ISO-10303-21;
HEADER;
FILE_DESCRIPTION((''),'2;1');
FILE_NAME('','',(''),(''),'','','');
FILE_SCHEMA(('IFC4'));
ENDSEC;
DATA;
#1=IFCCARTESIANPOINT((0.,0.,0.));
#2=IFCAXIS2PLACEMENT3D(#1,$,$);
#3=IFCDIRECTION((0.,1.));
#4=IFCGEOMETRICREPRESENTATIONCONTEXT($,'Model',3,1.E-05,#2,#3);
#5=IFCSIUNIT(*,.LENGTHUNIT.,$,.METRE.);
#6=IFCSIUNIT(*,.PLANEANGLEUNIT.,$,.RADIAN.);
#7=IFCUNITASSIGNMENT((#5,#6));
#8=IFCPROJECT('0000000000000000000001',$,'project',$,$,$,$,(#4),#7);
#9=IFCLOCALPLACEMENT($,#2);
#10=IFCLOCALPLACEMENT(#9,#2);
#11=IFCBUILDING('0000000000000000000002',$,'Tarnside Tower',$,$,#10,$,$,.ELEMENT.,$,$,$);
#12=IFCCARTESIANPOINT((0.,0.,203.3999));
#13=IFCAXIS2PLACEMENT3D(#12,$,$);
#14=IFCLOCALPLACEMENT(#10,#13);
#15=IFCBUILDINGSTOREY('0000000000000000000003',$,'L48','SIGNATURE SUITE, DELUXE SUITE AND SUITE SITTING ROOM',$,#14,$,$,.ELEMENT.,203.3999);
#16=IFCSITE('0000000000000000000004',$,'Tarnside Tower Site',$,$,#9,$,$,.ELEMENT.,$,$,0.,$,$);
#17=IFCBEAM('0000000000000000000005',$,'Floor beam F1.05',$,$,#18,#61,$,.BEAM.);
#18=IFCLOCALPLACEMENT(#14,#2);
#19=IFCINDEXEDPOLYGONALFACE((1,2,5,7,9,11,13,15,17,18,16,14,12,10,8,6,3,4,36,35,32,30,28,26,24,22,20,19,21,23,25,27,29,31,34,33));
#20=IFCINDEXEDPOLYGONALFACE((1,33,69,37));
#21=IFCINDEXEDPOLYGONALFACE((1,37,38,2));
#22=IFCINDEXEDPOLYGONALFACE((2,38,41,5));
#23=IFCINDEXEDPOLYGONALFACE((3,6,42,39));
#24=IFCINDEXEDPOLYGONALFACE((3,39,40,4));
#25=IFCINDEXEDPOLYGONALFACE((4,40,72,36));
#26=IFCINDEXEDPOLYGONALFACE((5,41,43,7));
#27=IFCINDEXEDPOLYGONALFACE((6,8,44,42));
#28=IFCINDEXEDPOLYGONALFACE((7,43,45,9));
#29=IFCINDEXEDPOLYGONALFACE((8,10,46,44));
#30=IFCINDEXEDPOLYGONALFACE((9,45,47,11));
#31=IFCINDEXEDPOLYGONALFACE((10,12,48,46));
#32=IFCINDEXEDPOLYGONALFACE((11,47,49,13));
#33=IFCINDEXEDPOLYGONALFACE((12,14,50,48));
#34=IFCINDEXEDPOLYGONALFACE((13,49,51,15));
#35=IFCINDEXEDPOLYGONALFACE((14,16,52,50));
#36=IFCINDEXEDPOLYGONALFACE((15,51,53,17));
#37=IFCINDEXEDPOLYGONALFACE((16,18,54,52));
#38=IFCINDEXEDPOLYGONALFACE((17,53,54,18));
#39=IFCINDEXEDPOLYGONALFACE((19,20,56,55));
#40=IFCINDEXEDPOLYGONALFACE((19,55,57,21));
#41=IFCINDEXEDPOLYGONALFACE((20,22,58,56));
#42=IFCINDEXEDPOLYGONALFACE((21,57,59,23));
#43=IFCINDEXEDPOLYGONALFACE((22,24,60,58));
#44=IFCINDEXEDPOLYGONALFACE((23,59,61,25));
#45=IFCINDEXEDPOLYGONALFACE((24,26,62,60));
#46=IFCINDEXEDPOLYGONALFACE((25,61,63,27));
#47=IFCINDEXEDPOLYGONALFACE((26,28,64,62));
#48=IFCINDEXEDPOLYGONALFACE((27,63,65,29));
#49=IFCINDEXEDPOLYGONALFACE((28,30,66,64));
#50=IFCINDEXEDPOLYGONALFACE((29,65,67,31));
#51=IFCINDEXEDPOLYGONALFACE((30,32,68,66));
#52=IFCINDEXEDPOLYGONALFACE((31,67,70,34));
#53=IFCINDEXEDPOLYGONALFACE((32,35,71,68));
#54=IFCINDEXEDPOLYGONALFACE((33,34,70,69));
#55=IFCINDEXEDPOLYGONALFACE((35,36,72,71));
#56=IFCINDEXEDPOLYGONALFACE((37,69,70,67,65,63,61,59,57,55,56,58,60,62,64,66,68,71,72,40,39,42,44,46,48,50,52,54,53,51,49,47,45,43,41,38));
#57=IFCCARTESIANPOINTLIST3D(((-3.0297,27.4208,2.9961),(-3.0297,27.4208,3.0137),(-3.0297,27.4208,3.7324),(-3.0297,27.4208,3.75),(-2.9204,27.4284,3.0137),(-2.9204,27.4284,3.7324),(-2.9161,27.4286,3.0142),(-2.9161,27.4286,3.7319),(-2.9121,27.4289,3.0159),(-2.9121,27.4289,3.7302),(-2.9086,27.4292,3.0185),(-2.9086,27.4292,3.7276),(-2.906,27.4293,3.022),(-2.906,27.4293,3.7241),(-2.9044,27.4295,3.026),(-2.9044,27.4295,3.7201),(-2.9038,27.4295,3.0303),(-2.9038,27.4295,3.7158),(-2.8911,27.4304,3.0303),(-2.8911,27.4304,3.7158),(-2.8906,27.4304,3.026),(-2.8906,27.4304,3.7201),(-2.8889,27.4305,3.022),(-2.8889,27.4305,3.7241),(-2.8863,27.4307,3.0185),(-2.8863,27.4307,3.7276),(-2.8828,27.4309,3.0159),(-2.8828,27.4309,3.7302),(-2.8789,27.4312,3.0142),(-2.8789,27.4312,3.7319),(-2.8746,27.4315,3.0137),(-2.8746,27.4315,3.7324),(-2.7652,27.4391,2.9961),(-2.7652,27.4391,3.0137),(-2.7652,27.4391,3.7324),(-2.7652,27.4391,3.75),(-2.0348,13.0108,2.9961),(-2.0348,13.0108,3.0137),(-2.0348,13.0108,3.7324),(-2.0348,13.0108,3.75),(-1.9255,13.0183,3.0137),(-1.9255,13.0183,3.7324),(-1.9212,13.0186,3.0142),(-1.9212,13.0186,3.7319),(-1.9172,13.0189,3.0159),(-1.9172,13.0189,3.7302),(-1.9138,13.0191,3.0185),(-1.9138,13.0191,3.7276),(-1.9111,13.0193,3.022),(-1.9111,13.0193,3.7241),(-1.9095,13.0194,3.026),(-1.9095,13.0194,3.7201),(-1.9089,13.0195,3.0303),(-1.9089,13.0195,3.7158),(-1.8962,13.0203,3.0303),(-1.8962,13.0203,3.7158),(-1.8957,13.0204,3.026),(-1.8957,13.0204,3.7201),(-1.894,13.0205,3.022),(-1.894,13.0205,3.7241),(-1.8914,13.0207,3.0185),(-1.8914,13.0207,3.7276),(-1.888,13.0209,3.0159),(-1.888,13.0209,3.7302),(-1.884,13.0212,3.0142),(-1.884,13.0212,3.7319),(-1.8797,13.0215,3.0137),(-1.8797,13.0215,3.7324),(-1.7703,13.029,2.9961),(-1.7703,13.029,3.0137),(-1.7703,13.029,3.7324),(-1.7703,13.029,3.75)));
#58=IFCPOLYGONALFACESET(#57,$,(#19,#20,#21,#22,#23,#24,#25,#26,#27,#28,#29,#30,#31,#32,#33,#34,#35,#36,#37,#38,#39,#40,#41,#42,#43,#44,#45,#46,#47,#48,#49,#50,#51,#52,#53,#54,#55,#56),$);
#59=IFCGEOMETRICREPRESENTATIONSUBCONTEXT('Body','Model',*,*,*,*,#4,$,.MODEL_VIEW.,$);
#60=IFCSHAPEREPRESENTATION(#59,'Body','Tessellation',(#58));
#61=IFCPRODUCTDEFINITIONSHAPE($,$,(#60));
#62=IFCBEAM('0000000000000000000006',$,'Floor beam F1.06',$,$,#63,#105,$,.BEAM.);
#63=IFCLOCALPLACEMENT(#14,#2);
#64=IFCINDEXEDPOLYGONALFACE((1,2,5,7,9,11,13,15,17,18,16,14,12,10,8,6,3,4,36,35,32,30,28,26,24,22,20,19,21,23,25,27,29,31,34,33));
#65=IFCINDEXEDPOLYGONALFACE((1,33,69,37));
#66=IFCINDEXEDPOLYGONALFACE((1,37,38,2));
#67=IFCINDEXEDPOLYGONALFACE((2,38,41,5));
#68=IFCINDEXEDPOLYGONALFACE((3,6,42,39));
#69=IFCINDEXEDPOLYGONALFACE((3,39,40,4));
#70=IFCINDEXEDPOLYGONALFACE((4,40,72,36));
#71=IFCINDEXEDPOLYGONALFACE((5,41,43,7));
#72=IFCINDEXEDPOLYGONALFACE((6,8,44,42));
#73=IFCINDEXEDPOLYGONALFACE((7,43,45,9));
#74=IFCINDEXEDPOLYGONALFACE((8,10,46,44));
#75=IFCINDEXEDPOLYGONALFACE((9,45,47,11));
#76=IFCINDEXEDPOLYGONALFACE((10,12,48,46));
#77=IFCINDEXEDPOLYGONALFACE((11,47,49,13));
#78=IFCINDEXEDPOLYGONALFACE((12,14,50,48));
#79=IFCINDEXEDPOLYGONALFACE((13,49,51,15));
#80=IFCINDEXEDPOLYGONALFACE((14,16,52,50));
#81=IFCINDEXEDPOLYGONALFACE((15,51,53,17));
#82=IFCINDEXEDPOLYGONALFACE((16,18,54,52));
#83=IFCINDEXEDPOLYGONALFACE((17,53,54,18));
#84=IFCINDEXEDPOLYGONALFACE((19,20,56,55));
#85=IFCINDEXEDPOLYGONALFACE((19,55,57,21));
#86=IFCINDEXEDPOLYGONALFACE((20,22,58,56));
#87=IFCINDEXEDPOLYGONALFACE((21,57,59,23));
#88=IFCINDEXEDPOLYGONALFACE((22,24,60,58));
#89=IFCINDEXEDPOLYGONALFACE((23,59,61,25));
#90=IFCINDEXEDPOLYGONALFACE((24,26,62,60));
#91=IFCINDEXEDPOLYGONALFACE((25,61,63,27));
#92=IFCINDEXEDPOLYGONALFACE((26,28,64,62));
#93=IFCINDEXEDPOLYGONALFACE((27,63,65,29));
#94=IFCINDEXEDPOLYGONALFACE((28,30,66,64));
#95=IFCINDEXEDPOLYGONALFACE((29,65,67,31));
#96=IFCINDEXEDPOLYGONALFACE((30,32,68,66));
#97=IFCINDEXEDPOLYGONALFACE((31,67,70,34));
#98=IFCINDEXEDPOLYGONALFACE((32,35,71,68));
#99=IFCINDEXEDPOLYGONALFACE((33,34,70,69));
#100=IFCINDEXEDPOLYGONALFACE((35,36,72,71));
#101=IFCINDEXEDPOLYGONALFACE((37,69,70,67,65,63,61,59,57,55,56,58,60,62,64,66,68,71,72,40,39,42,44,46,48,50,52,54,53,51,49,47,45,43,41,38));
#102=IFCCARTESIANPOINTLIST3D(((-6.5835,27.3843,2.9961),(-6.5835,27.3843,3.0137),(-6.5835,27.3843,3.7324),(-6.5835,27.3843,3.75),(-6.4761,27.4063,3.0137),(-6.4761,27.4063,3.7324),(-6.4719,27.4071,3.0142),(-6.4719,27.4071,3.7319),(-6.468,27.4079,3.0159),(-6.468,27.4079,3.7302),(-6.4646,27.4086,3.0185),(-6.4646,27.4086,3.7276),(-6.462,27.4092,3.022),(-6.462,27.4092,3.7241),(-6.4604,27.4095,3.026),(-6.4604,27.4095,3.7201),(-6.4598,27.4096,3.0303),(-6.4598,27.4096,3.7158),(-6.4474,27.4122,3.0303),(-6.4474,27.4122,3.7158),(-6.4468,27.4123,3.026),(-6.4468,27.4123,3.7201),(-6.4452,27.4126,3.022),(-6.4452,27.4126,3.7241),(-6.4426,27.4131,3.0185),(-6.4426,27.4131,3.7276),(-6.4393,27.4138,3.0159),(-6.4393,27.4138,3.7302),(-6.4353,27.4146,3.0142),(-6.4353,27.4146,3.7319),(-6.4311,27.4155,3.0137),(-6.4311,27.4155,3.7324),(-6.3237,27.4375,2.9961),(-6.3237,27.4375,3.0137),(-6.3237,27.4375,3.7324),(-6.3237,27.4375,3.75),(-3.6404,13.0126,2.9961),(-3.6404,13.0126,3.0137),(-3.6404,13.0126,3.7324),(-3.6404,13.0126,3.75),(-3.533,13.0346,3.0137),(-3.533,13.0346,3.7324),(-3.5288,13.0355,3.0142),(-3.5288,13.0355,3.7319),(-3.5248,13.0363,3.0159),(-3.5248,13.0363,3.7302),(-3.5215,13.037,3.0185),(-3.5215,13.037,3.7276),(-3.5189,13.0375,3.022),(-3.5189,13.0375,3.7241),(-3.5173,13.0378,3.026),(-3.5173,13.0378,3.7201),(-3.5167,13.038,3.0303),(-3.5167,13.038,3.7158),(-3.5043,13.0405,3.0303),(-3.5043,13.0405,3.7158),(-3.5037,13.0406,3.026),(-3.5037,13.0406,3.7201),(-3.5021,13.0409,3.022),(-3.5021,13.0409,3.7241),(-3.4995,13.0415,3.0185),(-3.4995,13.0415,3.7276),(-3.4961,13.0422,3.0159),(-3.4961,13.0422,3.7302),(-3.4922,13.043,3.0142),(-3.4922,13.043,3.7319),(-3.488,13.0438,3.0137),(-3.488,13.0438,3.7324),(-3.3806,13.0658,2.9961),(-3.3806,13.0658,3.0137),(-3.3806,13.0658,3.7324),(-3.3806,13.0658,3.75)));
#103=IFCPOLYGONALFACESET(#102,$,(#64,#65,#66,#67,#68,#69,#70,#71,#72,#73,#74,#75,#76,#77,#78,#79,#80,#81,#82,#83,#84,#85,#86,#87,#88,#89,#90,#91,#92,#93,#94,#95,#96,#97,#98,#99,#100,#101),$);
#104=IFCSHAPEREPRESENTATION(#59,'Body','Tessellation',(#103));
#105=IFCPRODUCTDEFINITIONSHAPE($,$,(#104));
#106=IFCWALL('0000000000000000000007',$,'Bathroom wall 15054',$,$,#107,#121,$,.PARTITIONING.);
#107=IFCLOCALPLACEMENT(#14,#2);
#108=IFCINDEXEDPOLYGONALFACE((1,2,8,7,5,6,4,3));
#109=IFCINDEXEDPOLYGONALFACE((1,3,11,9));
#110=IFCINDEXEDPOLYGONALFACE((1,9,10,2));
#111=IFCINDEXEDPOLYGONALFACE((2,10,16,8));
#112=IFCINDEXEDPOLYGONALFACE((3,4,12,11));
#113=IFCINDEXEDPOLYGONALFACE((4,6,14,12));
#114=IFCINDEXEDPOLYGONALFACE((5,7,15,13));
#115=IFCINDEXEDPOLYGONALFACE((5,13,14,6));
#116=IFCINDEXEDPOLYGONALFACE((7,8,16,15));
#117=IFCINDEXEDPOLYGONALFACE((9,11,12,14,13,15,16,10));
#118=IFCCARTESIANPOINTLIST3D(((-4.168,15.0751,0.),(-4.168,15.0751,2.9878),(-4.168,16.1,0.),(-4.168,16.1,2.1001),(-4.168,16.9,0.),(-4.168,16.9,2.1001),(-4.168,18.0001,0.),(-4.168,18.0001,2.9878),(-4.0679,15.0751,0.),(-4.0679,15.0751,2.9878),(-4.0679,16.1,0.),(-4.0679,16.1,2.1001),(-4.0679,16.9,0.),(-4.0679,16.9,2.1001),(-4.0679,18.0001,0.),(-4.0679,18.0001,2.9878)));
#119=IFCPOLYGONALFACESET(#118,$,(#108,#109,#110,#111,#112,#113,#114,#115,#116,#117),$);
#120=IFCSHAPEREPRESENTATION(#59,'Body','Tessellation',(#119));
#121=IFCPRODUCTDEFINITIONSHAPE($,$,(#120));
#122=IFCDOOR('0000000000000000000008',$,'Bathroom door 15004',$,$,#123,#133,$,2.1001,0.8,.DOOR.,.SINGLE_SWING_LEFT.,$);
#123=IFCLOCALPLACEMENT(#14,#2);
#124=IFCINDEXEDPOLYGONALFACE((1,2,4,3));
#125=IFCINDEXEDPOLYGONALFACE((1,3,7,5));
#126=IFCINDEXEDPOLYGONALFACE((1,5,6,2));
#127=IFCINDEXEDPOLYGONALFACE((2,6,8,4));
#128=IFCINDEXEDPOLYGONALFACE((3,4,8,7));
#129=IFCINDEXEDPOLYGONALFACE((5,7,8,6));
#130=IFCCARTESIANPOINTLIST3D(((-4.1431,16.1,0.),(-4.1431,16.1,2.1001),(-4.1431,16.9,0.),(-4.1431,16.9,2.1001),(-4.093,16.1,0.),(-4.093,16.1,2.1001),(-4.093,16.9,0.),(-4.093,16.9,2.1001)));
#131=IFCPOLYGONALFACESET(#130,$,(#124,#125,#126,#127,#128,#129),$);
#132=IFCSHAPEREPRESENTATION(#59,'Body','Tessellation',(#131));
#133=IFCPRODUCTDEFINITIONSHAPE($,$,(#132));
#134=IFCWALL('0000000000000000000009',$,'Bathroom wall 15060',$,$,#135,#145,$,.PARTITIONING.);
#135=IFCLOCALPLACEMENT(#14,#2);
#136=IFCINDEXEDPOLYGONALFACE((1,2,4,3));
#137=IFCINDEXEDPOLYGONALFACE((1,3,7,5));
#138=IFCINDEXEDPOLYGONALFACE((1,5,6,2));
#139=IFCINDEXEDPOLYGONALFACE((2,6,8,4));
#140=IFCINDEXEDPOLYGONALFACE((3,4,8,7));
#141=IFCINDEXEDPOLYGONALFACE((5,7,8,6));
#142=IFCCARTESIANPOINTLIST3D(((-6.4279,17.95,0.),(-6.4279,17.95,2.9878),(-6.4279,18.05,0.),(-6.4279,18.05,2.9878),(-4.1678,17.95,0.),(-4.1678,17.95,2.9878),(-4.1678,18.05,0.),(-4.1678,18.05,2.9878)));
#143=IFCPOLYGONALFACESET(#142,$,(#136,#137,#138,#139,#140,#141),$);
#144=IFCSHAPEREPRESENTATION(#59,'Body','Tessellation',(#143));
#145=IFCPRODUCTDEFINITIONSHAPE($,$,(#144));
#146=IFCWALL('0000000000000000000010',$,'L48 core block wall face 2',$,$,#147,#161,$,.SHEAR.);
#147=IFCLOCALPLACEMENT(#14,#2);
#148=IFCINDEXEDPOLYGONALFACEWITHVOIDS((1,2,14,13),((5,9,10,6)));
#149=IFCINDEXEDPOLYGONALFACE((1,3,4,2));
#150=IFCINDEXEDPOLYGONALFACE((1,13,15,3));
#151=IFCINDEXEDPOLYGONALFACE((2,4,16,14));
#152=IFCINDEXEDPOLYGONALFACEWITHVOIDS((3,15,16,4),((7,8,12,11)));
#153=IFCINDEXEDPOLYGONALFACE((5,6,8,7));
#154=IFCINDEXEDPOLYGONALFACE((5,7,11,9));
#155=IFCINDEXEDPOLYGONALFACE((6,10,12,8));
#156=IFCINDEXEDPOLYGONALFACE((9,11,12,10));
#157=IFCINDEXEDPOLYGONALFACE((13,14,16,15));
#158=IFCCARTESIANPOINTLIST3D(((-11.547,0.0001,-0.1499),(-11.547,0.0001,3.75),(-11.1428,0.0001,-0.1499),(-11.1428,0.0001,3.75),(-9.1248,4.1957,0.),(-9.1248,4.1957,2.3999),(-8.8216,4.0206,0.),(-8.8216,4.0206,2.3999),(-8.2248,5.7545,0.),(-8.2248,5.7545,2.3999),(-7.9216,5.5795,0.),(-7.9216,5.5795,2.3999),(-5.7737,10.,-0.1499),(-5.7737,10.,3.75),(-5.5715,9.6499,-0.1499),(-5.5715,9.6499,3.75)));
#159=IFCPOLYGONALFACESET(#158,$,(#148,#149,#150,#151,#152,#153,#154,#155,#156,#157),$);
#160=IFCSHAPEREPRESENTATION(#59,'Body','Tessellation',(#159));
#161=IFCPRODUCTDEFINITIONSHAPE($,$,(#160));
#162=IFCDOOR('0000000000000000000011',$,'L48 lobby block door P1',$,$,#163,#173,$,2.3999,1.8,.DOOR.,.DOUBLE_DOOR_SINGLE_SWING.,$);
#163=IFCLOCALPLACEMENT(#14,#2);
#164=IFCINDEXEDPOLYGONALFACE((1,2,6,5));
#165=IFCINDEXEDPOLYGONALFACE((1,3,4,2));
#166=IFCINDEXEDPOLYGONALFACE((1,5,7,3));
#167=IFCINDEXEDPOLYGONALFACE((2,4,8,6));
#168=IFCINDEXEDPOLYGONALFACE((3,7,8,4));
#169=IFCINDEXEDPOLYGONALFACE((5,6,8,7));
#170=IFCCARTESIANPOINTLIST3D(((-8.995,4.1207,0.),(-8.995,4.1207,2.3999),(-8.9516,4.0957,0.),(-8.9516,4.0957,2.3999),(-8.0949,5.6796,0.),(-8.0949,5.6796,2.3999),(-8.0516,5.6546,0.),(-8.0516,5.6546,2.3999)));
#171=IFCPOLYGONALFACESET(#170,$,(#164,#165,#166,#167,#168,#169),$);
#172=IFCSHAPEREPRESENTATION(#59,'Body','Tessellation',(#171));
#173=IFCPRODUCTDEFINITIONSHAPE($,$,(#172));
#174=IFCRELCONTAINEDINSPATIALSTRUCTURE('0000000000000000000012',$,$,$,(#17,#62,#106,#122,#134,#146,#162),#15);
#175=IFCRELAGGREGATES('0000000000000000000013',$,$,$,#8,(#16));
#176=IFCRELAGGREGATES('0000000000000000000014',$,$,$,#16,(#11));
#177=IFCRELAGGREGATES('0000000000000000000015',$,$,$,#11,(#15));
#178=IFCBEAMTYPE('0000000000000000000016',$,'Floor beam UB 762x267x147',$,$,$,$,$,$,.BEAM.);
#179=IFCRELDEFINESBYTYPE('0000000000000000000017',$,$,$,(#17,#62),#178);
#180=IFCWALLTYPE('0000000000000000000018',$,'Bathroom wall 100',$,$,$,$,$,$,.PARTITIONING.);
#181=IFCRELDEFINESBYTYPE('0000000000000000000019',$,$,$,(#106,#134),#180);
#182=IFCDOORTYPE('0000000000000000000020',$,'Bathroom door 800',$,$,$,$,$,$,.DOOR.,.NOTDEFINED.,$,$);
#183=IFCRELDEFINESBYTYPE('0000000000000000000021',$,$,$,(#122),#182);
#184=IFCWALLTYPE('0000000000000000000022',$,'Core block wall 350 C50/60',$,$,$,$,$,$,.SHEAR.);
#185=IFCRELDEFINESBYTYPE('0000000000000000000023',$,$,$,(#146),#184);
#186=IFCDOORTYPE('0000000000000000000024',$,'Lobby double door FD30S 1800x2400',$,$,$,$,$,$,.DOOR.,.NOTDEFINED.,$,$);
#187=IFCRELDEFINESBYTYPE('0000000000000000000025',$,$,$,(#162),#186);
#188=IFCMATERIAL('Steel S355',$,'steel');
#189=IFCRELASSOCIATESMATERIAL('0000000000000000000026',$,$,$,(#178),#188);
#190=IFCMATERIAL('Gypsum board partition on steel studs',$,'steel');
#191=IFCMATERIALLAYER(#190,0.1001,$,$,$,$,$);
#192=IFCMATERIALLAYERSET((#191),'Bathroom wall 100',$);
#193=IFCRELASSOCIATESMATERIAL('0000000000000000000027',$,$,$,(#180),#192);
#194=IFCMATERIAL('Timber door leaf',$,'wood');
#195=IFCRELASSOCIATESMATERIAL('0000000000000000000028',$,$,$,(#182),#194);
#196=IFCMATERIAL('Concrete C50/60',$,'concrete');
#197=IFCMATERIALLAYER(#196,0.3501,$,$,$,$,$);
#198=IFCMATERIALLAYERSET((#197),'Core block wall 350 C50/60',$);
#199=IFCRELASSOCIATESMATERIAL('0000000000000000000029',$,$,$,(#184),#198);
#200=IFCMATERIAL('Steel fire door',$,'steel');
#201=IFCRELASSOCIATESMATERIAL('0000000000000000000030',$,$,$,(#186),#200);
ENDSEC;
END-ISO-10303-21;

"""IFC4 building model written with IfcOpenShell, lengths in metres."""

from ifc_helpers import new_model, si_unit, direction, frame, frame_2d, origin, origin_2d, place, context, subcontext, project, spatial, polyline, rectangle, i_section, outline, extrude, material, layer, layer_set, material_profile, profile_set, type_object, element, fill, save


model = new_model("IFC4")

# Units and contexts
model_context = context("Model", 3, precision=1e-05, world=origin(), true_north=direction((0.0, 1.0)))
body_context = subcontext(model_context, "Body", "Model", "MODEL_VIEW")
ifc_project = project(units=[si_unit("LENGTHUNIT", "METRE"), si_unit("PLANEANGLEUNIT", "RADIAN")], contexts=[model_context])

# Site, building, storey
site_placement = place(None, origin())
site = spatial("IfcSite", under=ifc_project, at=site_placement, Name="Tarnside Tower Site", CompositionType="ELEMENT", RefElevation=0.0)
building_placement = place(site_placement, origin())
building = spatial("IfcBuilding", under=site, at=building_placement, Name="Tarnside Tower", CompositionType="ELEMENT")
storey_placement = place(building_placement, frame((0.0, 0.0, 203.3999)))
storey = spatial("IfcBuildingStorey", under=building, at=storey_placement, Name="L48", Description="SIGNATURE SUITE, DELUXE SUITE AND SUITE SITTING ROOM", CompositionType="ELEMENT", Elevation=203.3999)

# Beams
ifc_material_1 = material(Name="Steel S355", Category="steel")
ifc_material_profile = material_profile(ifc_material_1, i_section(OverallWidth=0.2651, OverallDepth=0.7539, WebThickness=0.0127, FlangeThickness=0.0176, FilletRadius=0.0166, at=origin_2d()), Name="UB 762x267x147")
ifc_profile_set = profile_set([ifc_material_profile], Name="Steel S355")
beam_type = type_object("IfcBeamType", Name="Floor beam UB 762x267x147", PredefinedType="BEAM", material=ifc_profile_set)
beam_1_placement = place(storey_placement, frame((-2.8975, 27.4299, 3.373), z_axis=(0.068877, -0.997625, 0.0), x_axis=(0.997625, 0.068877, 0.0)))
element("IfcBeam", 1, at=beam_1_placement, inside=storey, type_object=beam_type, Name="Floor beam F1.05", PredefinedType="BEAM", context=body_context, shape_type="SweptSolid", body=[
    extrude(i_section(OverallWidth=0.2651, OverallDepth=0.7539, WebThickness=0.0127, FlangeThickness=0.0176, FilletRadius=0.0166, at=origin_2d()), origin(), (0.0, 0.0, 1.0), 14.4443),
])
beam_2_placement = place(storey_placement, frame((-6.4536, 27.4109, 3.373), z_axis=(0.200623, -0.979668, 0.0), x_axis=(0.979668, 0.200623, 0.0)))
element("IfcBeam", 2, at=beam_2_placement, inside=storey, type_object=beam_type, Name="Floor beam F1.06", PredefinedType="BEAM", context=body_context, shape_type="SweptSolid", body=[
    extrude(i_section(OverallWidth=0.2651, OverallDepth=0.7539, WebThickness=0.0127, FlangeThickness=0.0176, FilletRadius=0.0166, at=origin_2d()), origin(), (0.0, 0.0, 1.0), 14.6699),
])

# Wall, opening, door
ifc_material_2 = material(Name="Gypsum board partition on steel studs", Category="steel")
ifc_layer_1 = layer(ifc_material_2, 0.1001)
ifc_layer_set_1 = layer_set([ifc_layer_1], Name="Bathroom wall 100")
wall_type_1 = type_object("IfcWallType", Name="Bathroom wall 100", PredefinedType="PARTITIONING", material=ifc_layer_set_1)
wall_1_placement = place(storey_placement, frame((-4.1179, 18.0, 0.0), z_axis=(0.0, 0.0, 1.0), x_axis=(0.0, -1.0, 0.0)))
wall_1 = element("IfcWall", 3, at=wall_1_placement, inside=storey, type_object=wall_type_1, Name="Bathroom wall 15054", PredefinedType="PARTITIONING", context=body_context, shape_type="SweptSolid", body=[
    extrude(rectangle(XDim=2.925, YDim=0.1001, at=frame_2d((1.4624, 0.0))), origin(), (0.0, 0.0, 1.0), 2.9878),
])
opening_1_placement = place(wall_1_placement, frame((1.1001, 0.0, 0.0)))
opening_1 = element("IfcOpeningElement", 4, at=opening_1_placement, cuts=wall_1, PredefinedType="OPENING", context=body_context, shape_type="SweptSolid", body=[
    extrude(rectangle(XDim=0.8, YDim=2.1001, at=frame_2d((0.3999, 1.05))), frame((0.0, 0.0601, 0.0), z_axis=(0.0, -1.0, 0.0), x_axis=(1.0, 0.0, 0.0)), (0.0, 0.0, 1.0), 0.1201),
])
ifc_material_3 = material(Name="Timber door leaf", Category="wood")
door_type_1 = type_object("IfcDoorType", Name="Bathroom door 800", OperationType="NOTDEFINED", PredefinedType="DOOR", material=ifc_material_3)
door_1_placement = place(opening_1_placement, origin())
door_1 = element("IfcDoor", 5, at=door_1_placement, inside=storey, type_object=door_type_1, Name="Bathroom door 15004", OperationType="SINGLE_SWING_LEFT", OverallHeight=2.1001, OverallWidth=0.8, PredefinedType="DOOR", context=body_context, shape_type="SweptSolid", body=[
    extrude(rectangle(XDim=0.8, YDim=2.1001, at=frame_2d((0.3999, 1.05))), frame((0.0, 0.0249, 0.0), z_axis=(0.0, -1.0, 0.0), x_axis=(1.0, 0.0, 0.0)), (0.0, 0.0, 1.0), 0.05),
])
fill(opening_1, door_1)

# Wall
wall_2_placement = place(storey_placement, frame((-4.168, 18.0, 0.0), z_axis=(0.0, 0.0, 1.0), x_axis=(-1.0, 0.0, 0.0)))
element("IfcWall", 6, at=wall_2_placement, inside=storey, type_object=wall_type_1, Name="Bathroom wall 15060", PredefinedType="PARTITIONING", context=body_context, shape_type="SweptSolid", body=[
    extrude(rectangle(XDim=2.26, YDim=0.1001, at=frame_2d((1.1299, 0.0))), origin(), (0.0, 0.0, 1.0), 2.9878),
])

# Wall, opening, door
ifc_material_4 = material(Name="Concrete C50/60", Category="concrete")
ifc_layer_2 = layer(ifc_material_4, 0.3501)
ifc_layer_set_2 = layer_set([ifc_layer_2], Name="Core block wall 350 C50/60")
wall_type_2 = type_object("IfcWallType", Name="Core block wall 350 C50/60", PredefinedType="SHEAR", material=ifc_layer_set_2)
wall_3_placement = place(storey_placement, frame((-5.6726, 9.825, -0.1499), z_axis=(0.0, 0.0, 1.0), x_axis=(-0.499995, -0.866028, 0.0)))
wall_3 = element("IfcWall", 7, at=wall_3_placement, inside=storey, type_object=wall_type_2, Name="L48 core block wall face 2", PredefinedType="SHEAR", context=body_context, shape_type="SweptSolid", body=[
    extrude(outline(polyline([(-0.1011, -0.175), (11.4458, -0.175), (11.2437, 0.175), (0.1011, 0.175), (-0.1011, -0.175)])), origin(), (0.0, 0.0, 1.0), 3.8999),
])
opening_2_placement = place(wall_3_placement, frame((4.8013, 0.0, 0.1499)))
opening_2 = element("IfcOpeningElement", 8, at=opening_2_placement, cuts=wall_3, PredefinedType="OPENING", context=body_context, shape_type="SweptSolid", body=[
    extrude(rectangle(XDim=1.8, YDim=2.3999, at=frame_2d((0.8999, 1.2))), frame((0.0, 0.1851, 0.0), z_axis=(0.0, -1.0, 0.0), x_axis=(1.0, 0.0, 0.0)), (0.0, 0.0, 1.0), 0.3701),
])
ifc_material_5 = material(Name="Steel fire door", Category="steel")
door_type_2 = type_object("IfcDoorType", Name="Lobby double door FD30S 1800x2400", OperationType="NOTDEFINED", PredefinedType="DOOR", material=ifc_material_5)
door_2_placement = place(opening_2_placement, origin())
door_2 = element("IfcDoor", 9, at=door_2_placement, inside=storey, type_object=door_type_2, Name="L48 lobby block door P1", OperationType="DOUBLE_DOOR_SINGLE_SWING", OverallHeight=2.3999, OverallWidth=1.8, PredefinedType="DOOR", context=body_context, shape_type="SweptSolid", body=[
    extrude(rectangle(XDim=1.8, YDim=2.3999, at=frame_2d((0.8999, 1.2))), frame((0.0, 0.0249, 0.0), z_axis=(0.0, -1.0, 0.0), x_axis=(1.0, 0.0, 0.0)), (0.0, 0.0, 1.0), 0.05),
])
fill(opening_2, door_2)

save(model, "model.ifc")
